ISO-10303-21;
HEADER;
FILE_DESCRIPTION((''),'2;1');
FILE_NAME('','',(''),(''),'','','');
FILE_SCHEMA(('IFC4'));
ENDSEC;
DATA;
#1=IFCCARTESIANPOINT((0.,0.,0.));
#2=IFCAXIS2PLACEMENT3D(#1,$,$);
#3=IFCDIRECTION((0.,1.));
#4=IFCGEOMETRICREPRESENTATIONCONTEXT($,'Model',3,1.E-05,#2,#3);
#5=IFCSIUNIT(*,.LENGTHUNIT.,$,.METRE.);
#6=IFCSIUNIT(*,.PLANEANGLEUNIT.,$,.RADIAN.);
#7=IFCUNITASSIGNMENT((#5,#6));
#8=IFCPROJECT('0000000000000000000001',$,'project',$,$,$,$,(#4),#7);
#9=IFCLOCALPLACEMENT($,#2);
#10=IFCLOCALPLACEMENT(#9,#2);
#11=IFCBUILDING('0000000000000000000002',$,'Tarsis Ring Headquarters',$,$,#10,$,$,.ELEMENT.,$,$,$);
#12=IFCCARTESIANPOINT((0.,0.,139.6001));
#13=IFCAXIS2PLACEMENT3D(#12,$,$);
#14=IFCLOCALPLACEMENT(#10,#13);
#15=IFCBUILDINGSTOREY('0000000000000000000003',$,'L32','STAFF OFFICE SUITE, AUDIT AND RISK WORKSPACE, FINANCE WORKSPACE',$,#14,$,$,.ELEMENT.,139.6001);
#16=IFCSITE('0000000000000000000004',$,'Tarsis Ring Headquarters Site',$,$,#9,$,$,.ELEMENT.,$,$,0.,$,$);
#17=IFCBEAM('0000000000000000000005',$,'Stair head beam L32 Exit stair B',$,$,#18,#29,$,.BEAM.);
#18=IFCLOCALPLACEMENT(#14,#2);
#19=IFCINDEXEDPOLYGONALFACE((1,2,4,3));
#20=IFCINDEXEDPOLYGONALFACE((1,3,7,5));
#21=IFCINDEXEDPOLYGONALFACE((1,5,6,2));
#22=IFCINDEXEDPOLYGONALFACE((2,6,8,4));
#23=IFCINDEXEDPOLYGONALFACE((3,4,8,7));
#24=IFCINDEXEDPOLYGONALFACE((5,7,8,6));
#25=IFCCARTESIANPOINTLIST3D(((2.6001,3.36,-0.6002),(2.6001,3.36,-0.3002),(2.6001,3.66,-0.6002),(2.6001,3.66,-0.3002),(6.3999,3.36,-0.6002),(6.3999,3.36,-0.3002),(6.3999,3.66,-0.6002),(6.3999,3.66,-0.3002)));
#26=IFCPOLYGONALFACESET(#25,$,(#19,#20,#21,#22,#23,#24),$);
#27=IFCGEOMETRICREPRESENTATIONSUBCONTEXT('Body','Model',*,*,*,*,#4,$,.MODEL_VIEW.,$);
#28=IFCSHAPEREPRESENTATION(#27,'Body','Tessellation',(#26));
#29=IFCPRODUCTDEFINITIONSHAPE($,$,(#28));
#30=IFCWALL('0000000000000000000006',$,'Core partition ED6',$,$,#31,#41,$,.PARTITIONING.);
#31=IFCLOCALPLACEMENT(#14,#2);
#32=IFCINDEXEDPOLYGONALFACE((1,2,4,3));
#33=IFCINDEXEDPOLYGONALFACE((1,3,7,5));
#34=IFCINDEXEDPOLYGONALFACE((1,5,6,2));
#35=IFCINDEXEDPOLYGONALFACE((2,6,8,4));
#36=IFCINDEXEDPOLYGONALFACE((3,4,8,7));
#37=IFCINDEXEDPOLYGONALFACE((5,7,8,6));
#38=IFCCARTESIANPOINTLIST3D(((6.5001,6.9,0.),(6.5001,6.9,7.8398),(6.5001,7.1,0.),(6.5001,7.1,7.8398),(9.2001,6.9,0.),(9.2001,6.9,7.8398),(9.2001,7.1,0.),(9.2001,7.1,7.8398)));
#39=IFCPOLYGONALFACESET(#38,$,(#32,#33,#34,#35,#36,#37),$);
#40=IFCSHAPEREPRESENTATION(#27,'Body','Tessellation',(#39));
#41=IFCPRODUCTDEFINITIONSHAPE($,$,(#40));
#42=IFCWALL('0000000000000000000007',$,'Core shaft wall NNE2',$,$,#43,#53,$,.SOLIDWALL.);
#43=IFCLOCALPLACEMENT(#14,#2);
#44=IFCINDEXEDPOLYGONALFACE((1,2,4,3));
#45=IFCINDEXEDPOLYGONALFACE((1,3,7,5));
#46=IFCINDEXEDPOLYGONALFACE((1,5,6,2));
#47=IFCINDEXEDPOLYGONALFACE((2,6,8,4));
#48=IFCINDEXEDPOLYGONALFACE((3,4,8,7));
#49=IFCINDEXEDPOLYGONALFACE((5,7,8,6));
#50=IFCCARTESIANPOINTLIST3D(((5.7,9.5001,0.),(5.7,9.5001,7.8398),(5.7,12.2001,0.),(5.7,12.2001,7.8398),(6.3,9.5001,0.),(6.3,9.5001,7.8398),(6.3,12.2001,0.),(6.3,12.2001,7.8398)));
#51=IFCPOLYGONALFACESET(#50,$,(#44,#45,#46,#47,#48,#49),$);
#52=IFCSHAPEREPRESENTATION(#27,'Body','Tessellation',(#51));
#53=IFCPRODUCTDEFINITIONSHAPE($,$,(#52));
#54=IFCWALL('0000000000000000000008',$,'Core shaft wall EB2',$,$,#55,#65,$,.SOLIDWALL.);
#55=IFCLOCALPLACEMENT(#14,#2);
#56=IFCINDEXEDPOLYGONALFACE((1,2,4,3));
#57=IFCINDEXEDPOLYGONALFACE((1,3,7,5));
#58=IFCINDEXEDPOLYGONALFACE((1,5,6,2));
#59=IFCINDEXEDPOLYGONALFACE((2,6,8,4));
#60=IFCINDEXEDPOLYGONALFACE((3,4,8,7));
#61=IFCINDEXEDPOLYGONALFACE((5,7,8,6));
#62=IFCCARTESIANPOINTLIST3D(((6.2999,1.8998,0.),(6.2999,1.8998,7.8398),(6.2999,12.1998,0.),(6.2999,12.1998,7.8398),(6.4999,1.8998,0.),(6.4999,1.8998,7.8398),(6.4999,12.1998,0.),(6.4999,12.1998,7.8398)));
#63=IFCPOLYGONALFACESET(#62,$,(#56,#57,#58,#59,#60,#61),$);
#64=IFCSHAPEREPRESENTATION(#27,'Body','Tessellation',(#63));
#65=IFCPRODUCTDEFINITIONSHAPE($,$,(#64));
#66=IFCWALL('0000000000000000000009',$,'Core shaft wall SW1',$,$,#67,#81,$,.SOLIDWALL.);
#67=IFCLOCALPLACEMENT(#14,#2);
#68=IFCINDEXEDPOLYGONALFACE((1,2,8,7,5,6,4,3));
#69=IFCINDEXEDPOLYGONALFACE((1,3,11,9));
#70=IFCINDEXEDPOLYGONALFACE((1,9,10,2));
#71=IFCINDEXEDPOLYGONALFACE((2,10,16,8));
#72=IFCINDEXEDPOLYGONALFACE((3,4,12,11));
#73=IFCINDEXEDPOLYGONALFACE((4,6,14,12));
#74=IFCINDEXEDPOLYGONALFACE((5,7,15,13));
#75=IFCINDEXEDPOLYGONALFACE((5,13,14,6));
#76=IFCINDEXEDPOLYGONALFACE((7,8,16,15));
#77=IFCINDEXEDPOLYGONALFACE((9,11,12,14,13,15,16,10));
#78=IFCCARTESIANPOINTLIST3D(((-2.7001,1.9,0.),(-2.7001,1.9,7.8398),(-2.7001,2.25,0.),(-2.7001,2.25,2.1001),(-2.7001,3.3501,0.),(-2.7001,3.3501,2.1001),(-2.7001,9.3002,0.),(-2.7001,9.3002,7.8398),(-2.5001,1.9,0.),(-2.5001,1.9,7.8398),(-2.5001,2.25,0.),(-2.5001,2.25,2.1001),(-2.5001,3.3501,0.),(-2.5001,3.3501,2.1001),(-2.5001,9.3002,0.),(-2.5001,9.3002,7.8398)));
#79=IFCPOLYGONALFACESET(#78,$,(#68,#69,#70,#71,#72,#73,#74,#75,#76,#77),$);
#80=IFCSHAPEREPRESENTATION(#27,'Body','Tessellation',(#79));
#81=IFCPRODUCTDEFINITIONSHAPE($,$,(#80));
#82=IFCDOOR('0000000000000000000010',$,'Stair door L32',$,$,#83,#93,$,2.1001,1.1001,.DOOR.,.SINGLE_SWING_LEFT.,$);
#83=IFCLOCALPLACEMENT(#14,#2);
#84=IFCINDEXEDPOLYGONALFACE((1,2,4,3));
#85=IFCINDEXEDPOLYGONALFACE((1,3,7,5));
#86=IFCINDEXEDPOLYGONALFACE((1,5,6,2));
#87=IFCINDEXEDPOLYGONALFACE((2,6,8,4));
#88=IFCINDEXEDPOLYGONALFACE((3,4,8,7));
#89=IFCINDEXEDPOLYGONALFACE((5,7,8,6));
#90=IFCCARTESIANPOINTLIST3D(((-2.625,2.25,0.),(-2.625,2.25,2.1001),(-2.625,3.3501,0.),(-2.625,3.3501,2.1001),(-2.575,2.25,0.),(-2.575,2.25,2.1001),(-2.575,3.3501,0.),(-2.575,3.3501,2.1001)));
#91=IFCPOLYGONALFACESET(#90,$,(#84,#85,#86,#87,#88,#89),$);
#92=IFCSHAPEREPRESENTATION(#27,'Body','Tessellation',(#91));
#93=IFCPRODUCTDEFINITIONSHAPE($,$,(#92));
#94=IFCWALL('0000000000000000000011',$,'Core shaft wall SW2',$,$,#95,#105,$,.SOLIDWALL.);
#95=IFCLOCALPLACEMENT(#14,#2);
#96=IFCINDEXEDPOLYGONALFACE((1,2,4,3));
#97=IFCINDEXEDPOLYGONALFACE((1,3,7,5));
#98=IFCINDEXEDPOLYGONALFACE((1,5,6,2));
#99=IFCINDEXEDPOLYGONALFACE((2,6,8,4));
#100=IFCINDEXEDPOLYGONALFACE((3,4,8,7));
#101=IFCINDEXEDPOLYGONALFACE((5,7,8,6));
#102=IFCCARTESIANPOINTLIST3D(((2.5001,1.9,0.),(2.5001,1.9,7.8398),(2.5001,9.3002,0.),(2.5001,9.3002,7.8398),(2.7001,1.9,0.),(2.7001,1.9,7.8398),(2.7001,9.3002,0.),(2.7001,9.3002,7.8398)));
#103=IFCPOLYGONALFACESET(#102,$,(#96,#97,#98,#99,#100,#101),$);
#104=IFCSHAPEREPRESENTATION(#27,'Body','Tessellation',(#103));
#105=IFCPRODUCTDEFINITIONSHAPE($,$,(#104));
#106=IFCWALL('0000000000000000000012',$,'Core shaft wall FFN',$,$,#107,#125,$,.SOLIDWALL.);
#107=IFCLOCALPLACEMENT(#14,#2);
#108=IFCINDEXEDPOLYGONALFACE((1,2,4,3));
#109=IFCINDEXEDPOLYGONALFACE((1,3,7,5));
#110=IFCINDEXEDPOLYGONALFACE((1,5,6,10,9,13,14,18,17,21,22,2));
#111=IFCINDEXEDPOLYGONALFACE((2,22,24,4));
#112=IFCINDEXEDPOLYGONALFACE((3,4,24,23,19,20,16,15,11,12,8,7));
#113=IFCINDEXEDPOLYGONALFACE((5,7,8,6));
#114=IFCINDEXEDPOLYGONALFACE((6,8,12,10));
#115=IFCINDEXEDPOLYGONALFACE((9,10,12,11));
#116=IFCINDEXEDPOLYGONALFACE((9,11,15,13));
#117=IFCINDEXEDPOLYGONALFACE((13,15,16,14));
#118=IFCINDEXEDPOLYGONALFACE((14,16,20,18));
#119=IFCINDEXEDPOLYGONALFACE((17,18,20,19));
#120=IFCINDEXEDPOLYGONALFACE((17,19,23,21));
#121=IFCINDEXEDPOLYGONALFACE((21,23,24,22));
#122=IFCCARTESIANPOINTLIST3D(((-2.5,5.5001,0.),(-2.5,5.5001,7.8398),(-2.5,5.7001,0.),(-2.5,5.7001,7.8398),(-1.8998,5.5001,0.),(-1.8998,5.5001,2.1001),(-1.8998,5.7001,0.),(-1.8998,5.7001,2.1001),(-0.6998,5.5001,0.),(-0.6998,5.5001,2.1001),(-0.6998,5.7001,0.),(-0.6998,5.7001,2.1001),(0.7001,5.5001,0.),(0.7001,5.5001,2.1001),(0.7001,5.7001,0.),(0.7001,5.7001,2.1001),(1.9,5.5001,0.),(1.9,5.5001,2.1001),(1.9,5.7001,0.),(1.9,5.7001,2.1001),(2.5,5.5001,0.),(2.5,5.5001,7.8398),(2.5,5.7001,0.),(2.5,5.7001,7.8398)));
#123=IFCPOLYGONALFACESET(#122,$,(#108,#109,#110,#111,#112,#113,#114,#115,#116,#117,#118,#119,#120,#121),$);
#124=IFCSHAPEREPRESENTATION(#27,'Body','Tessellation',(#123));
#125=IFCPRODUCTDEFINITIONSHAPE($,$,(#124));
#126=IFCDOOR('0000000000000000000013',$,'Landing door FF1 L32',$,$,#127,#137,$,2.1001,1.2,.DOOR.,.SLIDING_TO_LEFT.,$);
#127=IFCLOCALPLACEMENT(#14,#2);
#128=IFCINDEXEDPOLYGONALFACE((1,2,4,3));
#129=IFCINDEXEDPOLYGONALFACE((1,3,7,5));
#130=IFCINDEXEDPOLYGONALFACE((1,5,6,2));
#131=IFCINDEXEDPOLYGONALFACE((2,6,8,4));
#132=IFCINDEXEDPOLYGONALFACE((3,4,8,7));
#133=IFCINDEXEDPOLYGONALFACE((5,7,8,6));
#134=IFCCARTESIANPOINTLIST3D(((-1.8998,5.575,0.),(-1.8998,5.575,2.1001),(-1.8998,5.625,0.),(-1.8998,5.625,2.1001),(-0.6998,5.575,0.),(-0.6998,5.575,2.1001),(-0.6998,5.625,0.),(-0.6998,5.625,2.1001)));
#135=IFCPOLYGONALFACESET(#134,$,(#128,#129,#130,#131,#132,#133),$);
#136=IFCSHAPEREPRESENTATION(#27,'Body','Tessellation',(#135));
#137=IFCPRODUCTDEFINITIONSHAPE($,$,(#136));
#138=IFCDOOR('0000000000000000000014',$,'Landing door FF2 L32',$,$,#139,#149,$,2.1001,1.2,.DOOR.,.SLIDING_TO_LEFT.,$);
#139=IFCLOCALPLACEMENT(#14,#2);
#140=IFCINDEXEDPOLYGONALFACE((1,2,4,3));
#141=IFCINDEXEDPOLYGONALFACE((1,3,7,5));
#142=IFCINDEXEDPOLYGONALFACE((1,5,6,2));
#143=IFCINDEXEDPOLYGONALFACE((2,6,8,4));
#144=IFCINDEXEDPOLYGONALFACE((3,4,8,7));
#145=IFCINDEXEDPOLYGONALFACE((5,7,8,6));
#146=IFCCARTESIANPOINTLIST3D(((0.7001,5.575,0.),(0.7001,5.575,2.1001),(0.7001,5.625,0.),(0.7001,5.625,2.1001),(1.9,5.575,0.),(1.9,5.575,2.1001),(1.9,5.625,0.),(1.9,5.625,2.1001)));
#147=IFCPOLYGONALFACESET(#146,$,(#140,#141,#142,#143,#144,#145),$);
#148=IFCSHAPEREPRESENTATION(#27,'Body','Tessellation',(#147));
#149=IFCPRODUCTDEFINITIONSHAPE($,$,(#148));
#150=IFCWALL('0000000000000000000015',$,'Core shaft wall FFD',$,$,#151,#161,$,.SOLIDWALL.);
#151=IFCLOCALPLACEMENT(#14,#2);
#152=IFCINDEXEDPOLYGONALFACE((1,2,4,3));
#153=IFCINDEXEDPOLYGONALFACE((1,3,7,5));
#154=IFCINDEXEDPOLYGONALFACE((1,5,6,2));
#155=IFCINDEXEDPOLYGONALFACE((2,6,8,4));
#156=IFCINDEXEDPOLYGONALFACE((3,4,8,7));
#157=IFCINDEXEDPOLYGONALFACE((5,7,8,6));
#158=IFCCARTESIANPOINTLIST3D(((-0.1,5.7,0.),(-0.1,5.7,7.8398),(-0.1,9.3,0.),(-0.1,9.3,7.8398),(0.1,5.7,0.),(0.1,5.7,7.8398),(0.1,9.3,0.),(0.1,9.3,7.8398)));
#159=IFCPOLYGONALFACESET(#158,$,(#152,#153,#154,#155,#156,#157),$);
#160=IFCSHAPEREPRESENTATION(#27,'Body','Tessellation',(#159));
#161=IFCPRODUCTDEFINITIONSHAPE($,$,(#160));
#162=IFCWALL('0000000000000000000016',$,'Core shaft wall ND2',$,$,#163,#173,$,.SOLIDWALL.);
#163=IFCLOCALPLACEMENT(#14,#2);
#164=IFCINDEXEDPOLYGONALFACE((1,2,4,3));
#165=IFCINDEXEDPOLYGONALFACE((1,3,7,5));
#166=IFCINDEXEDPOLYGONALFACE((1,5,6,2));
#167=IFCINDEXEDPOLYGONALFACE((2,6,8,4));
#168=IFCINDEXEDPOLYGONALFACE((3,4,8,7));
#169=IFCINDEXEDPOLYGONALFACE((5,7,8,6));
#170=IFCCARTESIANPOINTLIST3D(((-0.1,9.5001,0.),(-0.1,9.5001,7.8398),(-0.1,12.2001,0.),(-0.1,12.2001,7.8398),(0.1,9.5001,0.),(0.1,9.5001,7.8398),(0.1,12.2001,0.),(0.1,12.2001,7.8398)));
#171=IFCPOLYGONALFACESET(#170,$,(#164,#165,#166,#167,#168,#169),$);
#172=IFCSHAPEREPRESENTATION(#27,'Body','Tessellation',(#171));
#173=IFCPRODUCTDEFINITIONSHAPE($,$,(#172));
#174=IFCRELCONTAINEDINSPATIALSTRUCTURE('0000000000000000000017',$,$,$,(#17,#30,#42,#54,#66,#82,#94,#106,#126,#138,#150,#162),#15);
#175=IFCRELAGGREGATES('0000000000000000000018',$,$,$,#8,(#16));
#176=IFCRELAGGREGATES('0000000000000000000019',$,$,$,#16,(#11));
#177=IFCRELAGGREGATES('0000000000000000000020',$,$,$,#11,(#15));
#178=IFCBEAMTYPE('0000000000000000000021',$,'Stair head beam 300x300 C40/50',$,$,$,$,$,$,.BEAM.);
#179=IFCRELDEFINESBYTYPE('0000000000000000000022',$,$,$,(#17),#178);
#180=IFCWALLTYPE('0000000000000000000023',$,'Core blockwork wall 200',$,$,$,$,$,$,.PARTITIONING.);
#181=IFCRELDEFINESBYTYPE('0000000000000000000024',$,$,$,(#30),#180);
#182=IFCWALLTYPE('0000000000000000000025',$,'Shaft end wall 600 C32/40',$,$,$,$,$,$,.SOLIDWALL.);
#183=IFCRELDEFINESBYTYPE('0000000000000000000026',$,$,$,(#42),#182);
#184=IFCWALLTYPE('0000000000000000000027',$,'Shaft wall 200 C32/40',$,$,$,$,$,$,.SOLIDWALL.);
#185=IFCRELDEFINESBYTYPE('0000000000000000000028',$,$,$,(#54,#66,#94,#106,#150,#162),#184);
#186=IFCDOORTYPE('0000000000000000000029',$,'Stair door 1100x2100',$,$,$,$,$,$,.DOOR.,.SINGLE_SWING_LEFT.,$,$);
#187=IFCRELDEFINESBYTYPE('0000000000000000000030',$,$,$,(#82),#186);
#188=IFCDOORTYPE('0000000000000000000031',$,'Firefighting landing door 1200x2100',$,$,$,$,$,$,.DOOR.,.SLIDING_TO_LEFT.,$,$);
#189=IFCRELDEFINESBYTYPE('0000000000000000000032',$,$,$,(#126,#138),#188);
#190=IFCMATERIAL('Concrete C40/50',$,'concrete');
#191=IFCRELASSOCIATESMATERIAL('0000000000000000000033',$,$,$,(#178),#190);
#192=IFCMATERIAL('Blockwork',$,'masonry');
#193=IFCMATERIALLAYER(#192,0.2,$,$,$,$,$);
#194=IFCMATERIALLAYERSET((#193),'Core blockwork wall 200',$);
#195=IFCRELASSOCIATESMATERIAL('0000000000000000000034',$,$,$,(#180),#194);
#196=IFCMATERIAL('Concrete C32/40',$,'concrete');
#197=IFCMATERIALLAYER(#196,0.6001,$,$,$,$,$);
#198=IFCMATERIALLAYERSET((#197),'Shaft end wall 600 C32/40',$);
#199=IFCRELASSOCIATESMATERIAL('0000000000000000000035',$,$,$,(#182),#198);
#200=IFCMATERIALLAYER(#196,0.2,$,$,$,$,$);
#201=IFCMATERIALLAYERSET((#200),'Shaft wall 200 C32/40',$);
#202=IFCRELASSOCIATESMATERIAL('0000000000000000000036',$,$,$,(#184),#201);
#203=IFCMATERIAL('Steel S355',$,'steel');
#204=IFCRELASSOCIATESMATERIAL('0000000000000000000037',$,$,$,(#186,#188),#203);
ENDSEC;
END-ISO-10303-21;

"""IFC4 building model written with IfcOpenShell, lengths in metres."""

from ifc_helpers import new_model, si_unit, direction, frame, frame_2d, origin, origin_2d, place, context, subcontext, project, spatial, rectangle, extrude, material, layer, layer_set, material_profile, profile_set, type_object, element, fill, save


model = new_model("IFC4")

# Units and contexts
model_context = context("Model", 3, precision=1e-05, world=origin(), true_north=direction((0.0, 1.0)))
body_context = subcontext(model_context, "Body", "Model", "MODEL_VIEW")
ifc_project = project(units=[si_unit("LENGTHUNIT", "METRE"), si_unit("PLANEANGLEUNIT", "RADIAN")], contexts=[model_context])

# Site, building, storey
site_placement = place(None, origin())
site = spatial("IfcSite", under=ifc_project, at=site_placement, Name="Tarsis Ring Headquarters Site", CompositionType="ELEMENT", RefElevation=0.0)
building_placement = place(site_placement, origin())
building = spatial("IfcBuilding", under=site, at=building_placement, Name="Tarsis Ring Headquarters", CompositionType="ELEMENT")
storey_placement = place(building_placement, frame((0.0, 0.0, 139.6001)))
storey = spatial("IfcBuildingStorey", under=building, at=storey_placement, Name="L32", Description="STAFF OFFICE SUITE, AUDIT AND RISK WORKSPACE, FINANCE WORKSPACE", CompositionType="ELEMENT", Elevation=139.6001)

# Beam
ifc_material_1 = material(Name="Concrete C40/50", Category="concrete")
ifc_material_profile = material_profile(ifc_material_1, rectangle(XDim=0.3, YDim=0.3, at=origin_2d()), Name="Stair head beam 300x300 C40/50")
ifc_profile_set = profile_set([ifc_material_profile], Name="Concrete C40/50")
beam_type = type_object("IfcBeamType", Name="Stair head beam 300x300 C40/50", PredefinedType="BEAM", material=ifc_profile_set)
beam_placement = place(storey_placement, frame((2.6001, 3.51, -0.4502), z_axis=(1.0, 0.0, 0.0), x_axis=(0.0, 1.0, 0.0)))
element("IfcBeam", 1, at=beam_placement, inside=storey, type_object=beam_type, Name="Stair head beam L32 Exit stair B", PredefinedType="BEAM", context=body_context, shape_type="SweptSolid", body=[
    extrude(rectangle(XDim=0.3, YDim=0.3, at=origin_2d()), origin(), (0.0, 0.0, 1.0), 3.7998),
])

# Walls
ifc_material_2 = material(Name="Blockwork", Category="masonry")
ifc_layer_1 = layer(ifc_material_2, 0.2)
ifc_layer_set_1 = layer_set([ifc_layer_1], Name="Core blockwork wall 200")
wall_type_1 = type_object("IfcWallType", Name="Core blockwork wall 200", PredefinedType="PARTITIONING", material=ifc_layer_set_1)
wall_1_placement = place(storey_placement, frame((6.5, 7.0, 0.0), z_axis=(0.0, 0.0, 1.0), x_axis=(1.0, 0.0, 0.0)))
element("IfcWall", 2, at=wall_1_placement, inside=storey, type_object=wall_type_1, Name="Core partition ED6", PredefinedType="PARTITIONING", context=body_context, shape_type="SweptSolid", body=[
    extrude(rectangle(XDim=2.7, YDim=0.2, at=frame_2d((1.3501, 0.0))), origin(), (0.0, 0.0, 1.0), 7.8398),
])
ifc_material_3 = material(Name="Concrete C32/40", Category="concrete")
ifc_layer_2 = layer(ifc_material_3, 0.6001)
ifc_layer_set_2 = layer_set([ifc_layer_2], Name="Shaft end wall 600 C32/40")
wall_type_2 = type_object("IfcWallType", Name="Shaft end wall 600 C32/40", PredefinedType="SOLIDWALL", material=ifc_layer_set_2)
wall_2_placement = place(storey_placement, frame((6.0, 9.5, 0.0), z_axis=(0.0, 0.0, 1.0), x_axis=(0.0, 1.0, 0.0)))
element("IfcWall", 3, at=wall_2_placement, inside=storey, type_object=wall_type_2, Name="Core shaft wall NNE2", PredefinedType="SOLIDWALL", context=body_context, shape_type="SweptSolid", body=[
    extrude(rectangle(XDim=2.7, YDim=0.6001, at=frame_2d((1.3501, 0.0))), origin(), (0.0, 0.0, 1.0), 7.8398),
])
ifc_layer_3 = layer(ifc_material_3, 0.2)
ifc_layer_set_3 = layer_set([ifc_layer_3], Name="Shaft wall 200 C32/40")
wall_type_3 = type_object("IfcWallType", Name="Shaft wall 200 C32/40", PredefinedType="SOLIDWALL", material=ifc_layer_set_3)
wall_3_placement = place(storey_placement, frame((6.3999, 1.8999, 0.0), z_axis=(0.0, 0.0, 1.0), x_axis=(0.0, 1.0, 0.0)))
element("IfcWall", 4, at=wall_3_placement, inside=storey, type_object=wall_type_3, Name="Core shaft wall EB2", PredefinedType="SOLIDWALL", context=body_context, shape_type="SweptSolid", body=[
    extrude(rectangle(XDim=10.3, YDim=0.2, at=frame_2d((5.1499, 0.0))), origin(), (0.0, 0.0, 1.0), 7.8398),
])

# Wall, opening, door
wall_4_placement = place(storey_placement, frame((-2.6001, 1.8999, 0.0), z_axis=(0.0, 0.0, 1.0), x_axis=(0.0, 1.0, 0.0)))
wall_4 = element("IfcWall", 5, at=wall_4_placement, inside=storey, type_object=wall_type_3, Name="Core shaft wall SW1", PredefinedType="SOLIDWALL", context=body_context, shape_type="SweptSolid", body=[
    extrude(rectangle(XDim=7.4001, YDim=0.2, at=frame_2d((3.7002, 0.0))), origin(), (0.0, 0.0, 1.0), 7.8398),
])
opening_1_placement = place(wall_4_placement, frame((0.3501, 0.0, 0.0)))
opening_1 = element("IfcOpeningElement", 6, at=opening_1_placement, cuts=wall_4, PredefinedType="OPENING", context=body_context, shape_type="SweptSolid", body=[
    extrude(rectangle(XDim=1.1001, YDim=2.1001, at=frame_2d((0.55, 1.05))), frame((0.0, 0.1099, 0.0), z_axis=(0.0, -1.0, 0.0), x_axis=(1.0, 0.0, 0.0)), (0.0, 0.0, 1.0), 0.22),
])
ifc_material_4 = material(Name="Steel S355", Category="steel")
door_type_1 = type_object("IfcDoorType", Name="Stair door 1100x2100", OperationType="SINGLE_SWING_LEFT", PredefinedType="DOOR", material=ifc_material_4)
door_1_placement = place(opening_1_placement, origin())
door_1 = element("IfcDoor", 7, at=door_1_placement, inside=storey, type_object=door_type_1, Name="Stair door L32", OperationType="SINGLE_SWING_LEFT", OverallHeight=2.1001, OverallWidth=1.1001, PredefinedType="DOOR", context=body_context, shape_type="SweptSolid", body=[
    extrude(rectangle(XDim=1.1001, YDim=2.1001, at=frame_2d((0.55, 1.05))), frame((0.0, 0.0249, 0.0), z_axis=(0.0, -1.0, 0.0), x_axis=(1.0, 0.0, 0.0)), (0.0, 0.0, 1.0), 0.05),
])
fill(opening_1, door_1)

# Wall
wall_5_placement = place(storey_placement, frame((2.6001, 1.8999, 0.0), z_axis=(0.0, 0.0, 1.0), x_axis=(0.0, 1.0, 0.0)))
element("IfcWall", 8, at=wall_5_placement, inside=storey, type_object=wall_type_3, Name="Core shaft wall SW2", PredefinedType="SOLIDWALL", context=body_context, shape_type="SweptSolid", body=[
    extrude(rectangle(XDim=7.4001, YDim=0.2, at=frame_2d((3.7002, 0.0))), origin(), (0.0, 0.0, 1.0), 7.8398),
])

# Wall, openings, doors
wall_6_placement = place(storey_placement, frame((-2.5, 5.6001, 0.0), z_axis=(0.0, 0.0, 1.0), x_axis=(1.0, 0.0, 0.0)))
wall_6 = element("IfcWall", 9, at=wall_6_placement, inside=storey, type_object=wall_type_3, Name="Core shaft wall FFN", PredefinedType="SOLIDWALL", context=body_context, shape_type="SweptSolid", body=[
    extrude(rectangle(XDim=5.0, YDim=0.2, at=frame_2d((2.5, 0.0))), origin(), (0.0, 0.0, 1.0), 7.8398),
])
opening_2_placement = place(wall_6_placement, frame((0.6001, 0.0, 0.0)))
opening_2 = element("IfcOpeningElement", 10, at=opening_2_placement, cuts=wall_6, PredefinedType="OPENING", context=body_context, shape_type="SweptSolid", body=[
    extrude(rectangle(XDim=1.2, YDim=2.1001, at=frame_2d((0.6001, 1.05))), frame((0.0, 0.1099, 0.0), z_axis=(0.0, -1.0, 0.0), x_axis=(1.0, 0.0, 0.0)), (0.0, 0.0, 1.0), 0.22),
])
opening_3_placement = place(wall_6_placement, frame((3.2, 0.0, 0.0)))
opening_3 = element("IfcOpeningElement", 11, at=opening_3_placement, cuts=wall_6, PredefinedType="OPENING", context=body_context, shape_type="SweptSolid", body=[
    extrude(rectangle(XDim=1.2, YDim=2.1001, at=frame_2d((0.6001, 1.05))), frame((0.0, 0.1099, 0.0), z_axis=(0.0, -1.0, 0.0), x_axis=(1.0, 0.0, 0.0)), (0.0, 0.0, 1.0), 0.22),
])
door_type_2 = type_object("IfcDoorType", Name="Firefighting landing door 1200x2100", OperationType="SLIDING_TO_LEFT", PredefinedType="DOOR", material=ifc_material_4)
door_2_placement = place(opening_2_placement, origin())
door_2 = element("IfcDoor", 12, at=door_2_placement, inside=storey, type_object=door_type_2, Name="Landing door FF1 L32", OperationType="SLIDING_TO_LEFT", OverallHeight=2.1001, OverallWidth=1.2, PredefinedType="DOOR", context=body_context, shape_type="SweptSolid", body=[
    extrude(rectangle(XDim=1.2, YDim=2.1001, at=frame_2d((0.6001, 1.05))), frame((0.0, 0.0249, 0.0), z_axis=(0.0, -1.0, 0.0), x_axis=(1.0, 0.0, 0.0)), (0.0, 0.0, 1.0), 0.05),
])
fill(opening_2, door_2)
door_3_placement = place(opening_3_placement, origin())
door_3 = element("IfcDoor", 13, at=door_3_placement, inside=storey, type_object=door_type_2, Name="Landing door FF2 L32", OperationType="SLIDING_TO_LEFT", OverallHeight=2.1001, OverallWidth=1.2, PredefinedType="DOOR", context=body_context, shape_type="SweptSolid", body=[
    extrude(rectangle(XDim=1.2, YDim=2.1001, at=frame_2d((0.6001, 1.05))), frame((0.0, 0.0249, 0.0), z_axis=(0.0, -1.0, 0.0), x_axis=(1.0, 0.0, 0.0)), (0.0, 0.0, 1.0), 0.05),
])
fill(opening_3, door_3)

# Walls
wall_7_placement = place(storey_placement, frame((0.0, 5.7, 0.0), z_axis=(0.0, 0.0, 1.0), x_axis=(0.0, 1.0, 0.0)))
element("IfcWall", 14, at=wall_7_placement, inside=storey, type_object=wall_type_3, Name="Core shaft wall FFD", PredefinedType="SOLIDWALL", context=body_context, shape_type="SweptSolid", body=[
    extrude(rectangle(XDim=3.6001, YDim=0.2, at=frame_2d((1.8, 0.0))), origin(), (0.0, 0.0, 1.0), 7.8398),
])
wall_8_placement = place(storey_placement, frame((0.0, 9.5, 0.0), z_axis=(0.0, 0.0, 1.0), x_axis=(0.0, 1.0, 0.0)))
element("IfcWall", 15, at=wall_8_placement, inside=storey, type_object=wall_type_3, Name="Core shaft wall ND2", PredefinedType="SOLIDWALL", context=body_context, shape_type="SweptSolid", body=[
    extrude(rectangle(XDim=2.7, YDim=0.2, at=frame_2d((1.3501, 0.0))), origin(), (0.0, 0.0, 1.0), 7.8398),
])

save(model, "model.ifc")
